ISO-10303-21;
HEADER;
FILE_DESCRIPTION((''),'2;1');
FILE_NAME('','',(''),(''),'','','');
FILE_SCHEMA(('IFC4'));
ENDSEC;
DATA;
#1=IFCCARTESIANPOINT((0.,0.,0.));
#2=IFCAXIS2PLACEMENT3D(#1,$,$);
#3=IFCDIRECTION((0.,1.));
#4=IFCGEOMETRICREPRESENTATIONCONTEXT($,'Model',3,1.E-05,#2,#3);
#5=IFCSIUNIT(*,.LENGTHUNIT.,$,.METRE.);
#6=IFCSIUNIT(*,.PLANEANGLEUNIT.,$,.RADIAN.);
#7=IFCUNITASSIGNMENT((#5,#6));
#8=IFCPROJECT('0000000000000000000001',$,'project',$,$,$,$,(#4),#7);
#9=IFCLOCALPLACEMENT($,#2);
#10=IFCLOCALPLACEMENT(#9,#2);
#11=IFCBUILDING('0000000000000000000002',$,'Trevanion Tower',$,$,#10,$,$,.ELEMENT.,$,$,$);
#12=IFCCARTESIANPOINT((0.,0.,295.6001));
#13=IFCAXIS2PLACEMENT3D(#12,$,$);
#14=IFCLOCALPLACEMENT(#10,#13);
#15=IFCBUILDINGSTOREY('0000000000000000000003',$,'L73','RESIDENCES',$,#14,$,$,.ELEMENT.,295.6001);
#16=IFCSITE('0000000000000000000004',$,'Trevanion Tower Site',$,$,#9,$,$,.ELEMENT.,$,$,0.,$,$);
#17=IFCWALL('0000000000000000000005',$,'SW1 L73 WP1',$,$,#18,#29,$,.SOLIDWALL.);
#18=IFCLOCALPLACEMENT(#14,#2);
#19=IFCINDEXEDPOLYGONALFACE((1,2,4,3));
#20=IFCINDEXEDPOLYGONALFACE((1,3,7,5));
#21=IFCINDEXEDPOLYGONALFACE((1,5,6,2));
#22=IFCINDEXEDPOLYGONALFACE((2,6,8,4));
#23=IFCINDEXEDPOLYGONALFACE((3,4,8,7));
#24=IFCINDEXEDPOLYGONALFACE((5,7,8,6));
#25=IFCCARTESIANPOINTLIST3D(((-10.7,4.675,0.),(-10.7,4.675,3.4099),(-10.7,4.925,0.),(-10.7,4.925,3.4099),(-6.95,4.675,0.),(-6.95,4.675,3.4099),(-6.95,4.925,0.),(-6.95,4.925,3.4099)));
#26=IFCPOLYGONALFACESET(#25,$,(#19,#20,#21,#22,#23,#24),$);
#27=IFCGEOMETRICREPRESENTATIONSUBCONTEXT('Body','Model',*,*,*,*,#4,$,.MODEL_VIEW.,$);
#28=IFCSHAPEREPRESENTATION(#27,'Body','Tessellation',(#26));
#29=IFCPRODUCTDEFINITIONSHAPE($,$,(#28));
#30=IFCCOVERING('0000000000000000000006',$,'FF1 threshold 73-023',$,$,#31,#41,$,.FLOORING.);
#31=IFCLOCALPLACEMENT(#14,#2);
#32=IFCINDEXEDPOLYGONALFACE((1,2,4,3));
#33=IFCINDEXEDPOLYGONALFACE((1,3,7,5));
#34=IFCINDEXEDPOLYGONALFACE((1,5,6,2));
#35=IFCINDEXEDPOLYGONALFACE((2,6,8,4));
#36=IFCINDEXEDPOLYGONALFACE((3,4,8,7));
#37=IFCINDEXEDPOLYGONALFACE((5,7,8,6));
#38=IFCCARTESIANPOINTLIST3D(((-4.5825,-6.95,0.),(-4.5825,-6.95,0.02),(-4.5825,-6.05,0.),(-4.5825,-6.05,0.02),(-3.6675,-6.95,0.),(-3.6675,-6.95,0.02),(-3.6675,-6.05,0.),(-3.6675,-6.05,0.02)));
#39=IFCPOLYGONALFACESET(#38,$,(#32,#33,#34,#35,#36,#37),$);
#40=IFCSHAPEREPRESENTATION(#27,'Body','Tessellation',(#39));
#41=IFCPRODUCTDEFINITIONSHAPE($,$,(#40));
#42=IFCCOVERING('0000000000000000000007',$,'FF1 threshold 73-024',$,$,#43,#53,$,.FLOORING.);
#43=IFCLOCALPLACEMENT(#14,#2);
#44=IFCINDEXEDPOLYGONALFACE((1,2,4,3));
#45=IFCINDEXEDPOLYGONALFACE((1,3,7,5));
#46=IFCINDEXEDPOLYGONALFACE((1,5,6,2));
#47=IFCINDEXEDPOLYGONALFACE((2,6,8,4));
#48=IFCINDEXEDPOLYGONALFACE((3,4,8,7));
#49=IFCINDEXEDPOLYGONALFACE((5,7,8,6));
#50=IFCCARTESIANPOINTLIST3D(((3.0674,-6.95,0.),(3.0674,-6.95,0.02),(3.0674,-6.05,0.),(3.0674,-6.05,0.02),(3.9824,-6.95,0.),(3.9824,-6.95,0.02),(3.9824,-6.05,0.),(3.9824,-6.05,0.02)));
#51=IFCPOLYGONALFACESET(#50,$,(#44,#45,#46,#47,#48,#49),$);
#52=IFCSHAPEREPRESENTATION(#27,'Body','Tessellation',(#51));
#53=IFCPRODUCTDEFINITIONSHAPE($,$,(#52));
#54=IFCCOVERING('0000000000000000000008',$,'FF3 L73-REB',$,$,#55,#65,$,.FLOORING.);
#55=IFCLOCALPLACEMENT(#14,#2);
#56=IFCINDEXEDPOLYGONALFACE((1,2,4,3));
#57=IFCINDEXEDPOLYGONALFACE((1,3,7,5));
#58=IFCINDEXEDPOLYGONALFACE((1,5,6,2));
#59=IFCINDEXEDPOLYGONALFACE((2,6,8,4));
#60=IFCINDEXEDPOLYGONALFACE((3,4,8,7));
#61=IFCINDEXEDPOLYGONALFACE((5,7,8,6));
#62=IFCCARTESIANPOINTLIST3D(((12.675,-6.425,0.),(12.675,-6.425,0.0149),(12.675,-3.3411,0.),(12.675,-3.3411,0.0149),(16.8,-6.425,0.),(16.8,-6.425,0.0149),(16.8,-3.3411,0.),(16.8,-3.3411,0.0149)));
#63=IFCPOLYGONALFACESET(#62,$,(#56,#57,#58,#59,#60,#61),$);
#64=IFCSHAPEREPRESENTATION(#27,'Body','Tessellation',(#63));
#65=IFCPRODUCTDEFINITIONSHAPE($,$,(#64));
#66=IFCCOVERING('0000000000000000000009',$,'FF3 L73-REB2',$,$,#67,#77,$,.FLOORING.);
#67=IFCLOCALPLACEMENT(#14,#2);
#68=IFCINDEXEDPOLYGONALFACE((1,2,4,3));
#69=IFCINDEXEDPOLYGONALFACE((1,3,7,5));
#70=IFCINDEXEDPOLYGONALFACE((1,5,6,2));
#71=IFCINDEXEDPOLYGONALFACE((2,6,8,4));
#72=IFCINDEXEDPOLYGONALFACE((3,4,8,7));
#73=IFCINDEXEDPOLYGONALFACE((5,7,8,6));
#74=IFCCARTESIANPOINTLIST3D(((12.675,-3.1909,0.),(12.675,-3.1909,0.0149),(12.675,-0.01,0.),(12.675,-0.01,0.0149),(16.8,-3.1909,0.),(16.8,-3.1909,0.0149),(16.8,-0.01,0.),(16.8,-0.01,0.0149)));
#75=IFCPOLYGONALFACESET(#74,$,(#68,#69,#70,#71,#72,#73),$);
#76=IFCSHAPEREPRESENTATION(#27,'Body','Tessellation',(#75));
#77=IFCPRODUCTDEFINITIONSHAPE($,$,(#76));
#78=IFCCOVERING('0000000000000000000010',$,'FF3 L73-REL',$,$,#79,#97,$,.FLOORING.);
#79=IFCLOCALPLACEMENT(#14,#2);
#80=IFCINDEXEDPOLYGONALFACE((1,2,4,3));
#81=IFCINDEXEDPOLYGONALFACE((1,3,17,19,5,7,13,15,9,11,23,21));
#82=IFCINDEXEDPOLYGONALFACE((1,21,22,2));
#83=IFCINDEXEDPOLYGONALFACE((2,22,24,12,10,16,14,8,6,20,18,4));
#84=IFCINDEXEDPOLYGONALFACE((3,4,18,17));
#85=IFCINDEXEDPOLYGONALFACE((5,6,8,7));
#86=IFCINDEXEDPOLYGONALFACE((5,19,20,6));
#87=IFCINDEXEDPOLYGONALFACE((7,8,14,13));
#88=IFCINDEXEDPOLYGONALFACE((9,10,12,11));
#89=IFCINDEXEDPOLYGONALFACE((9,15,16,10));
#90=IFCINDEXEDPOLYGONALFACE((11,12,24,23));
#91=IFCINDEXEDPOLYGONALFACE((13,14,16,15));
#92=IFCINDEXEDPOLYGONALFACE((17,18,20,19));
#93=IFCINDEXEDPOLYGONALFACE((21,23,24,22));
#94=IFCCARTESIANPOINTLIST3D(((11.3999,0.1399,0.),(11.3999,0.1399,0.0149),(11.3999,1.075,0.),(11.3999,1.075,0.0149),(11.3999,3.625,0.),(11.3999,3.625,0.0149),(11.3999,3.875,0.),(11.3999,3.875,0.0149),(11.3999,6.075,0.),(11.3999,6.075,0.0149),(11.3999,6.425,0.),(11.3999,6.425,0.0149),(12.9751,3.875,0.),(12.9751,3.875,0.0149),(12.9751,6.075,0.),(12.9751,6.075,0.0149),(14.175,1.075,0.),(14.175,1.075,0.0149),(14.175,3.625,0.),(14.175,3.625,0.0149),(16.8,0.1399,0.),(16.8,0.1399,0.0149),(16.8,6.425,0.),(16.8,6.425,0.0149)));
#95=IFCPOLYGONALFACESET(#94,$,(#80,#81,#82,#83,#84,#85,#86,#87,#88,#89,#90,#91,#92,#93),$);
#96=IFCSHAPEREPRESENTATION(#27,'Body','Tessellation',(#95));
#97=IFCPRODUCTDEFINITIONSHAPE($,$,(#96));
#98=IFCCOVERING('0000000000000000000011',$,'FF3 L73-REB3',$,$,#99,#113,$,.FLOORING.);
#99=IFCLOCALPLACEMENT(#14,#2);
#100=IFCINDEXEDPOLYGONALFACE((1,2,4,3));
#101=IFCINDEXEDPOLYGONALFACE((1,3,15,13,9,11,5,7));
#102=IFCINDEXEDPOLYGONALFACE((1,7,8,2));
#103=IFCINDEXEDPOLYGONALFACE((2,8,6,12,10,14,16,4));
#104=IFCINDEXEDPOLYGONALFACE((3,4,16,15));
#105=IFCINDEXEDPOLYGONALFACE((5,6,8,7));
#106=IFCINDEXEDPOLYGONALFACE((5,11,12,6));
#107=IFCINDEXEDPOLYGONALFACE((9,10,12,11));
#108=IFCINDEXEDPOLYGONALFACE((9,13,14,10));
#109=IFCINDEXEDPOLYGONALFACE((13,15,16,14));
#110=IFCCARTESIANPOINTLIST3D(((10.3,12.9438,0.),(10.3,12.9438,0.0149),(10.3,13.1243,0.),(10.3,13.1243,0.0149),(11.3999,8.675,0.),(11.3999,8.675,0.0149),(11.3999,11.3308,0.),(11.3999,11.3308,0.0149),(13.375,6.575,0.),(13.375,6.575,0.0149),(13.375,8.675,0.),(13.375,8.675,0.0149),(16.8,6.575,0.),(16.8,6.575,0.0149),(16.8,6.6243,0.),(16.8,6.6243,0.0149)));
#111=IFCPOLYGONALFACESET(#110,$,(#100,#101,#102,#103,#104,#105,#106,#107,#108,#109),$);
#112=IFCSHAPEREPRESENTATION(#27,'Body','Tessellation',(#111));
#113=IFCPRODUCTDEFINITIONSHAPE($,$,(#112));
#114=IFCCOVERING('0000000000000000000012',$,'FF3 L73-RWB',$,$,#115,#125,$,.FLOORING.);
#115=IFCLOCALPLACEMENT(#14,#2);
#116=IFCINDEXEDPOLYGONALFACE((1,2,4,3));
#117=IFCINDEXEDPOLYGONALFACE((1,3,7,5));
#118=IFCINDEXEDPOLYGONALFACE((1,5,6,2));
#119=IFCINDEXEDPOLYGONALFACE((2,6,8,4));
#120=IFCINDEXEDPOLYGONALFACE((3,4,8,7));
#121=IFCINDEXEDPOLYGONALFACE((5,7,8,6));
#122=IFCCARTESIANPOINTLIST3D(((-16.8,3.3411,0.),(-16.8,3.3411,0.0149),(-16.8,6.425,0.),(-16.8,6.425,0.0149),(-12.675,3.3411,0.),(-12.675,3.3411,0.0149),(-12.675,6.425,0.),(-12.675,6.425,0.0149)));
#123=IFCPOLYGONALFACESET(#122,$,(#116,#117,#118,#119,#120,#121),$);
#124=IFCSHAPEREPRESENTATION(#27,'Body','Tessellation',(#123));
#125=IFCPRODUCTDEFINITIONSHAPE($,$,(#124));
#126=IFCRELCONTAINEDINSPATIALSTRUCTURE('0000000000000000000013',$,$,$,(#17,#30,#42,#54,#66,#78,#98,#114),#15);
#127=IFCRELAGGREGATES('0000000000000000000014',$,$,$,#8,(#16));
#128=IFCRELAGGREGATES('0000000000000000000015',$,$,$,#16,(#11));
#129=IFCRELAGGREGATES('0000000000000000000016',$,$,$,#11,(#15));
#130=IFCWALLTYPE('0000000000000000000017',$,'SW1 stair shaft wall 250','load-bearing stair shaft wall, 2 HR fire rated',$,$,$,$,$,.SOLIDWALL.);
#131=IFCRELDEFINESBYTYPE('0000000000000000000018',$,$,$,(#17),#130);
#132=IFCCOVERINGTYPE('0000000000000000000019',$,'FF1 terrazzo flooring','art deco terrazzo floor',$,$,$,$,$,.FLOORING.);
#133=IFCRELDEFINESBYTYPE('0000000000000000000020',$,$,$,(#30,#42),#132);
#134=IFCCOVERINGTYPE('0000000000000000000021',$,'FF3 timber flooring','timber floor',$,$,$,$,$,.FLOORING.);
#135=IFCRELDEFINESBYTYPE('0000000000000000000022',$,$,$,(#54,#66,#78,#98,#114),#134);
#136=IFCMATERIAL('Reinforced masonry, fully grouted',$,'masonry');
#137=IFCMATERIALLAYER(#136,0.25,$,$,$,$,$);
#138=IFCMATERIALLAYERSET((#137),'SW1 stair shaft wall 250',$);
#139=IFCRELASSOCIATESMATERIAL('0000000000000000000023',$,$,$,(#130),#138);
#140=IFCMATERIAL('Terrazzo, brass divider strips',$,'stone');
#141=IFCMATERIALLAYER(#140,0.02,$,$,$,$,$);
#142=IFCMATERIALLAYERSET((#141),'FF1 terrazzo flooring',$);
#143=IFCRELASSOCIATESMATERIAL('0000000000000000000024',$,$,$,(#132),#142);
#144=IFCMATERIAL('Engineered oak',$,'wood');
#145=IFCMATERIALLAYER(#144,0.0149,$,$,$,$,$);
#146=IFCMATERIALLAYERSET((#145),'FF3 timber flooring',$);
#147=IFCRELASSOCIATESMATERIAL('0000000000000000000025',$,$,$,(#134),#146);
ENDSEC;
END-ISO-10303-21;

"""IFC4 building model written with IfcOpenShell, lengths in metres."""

from ifc_helpers import new_model, si_unit, direction, frame, frame_2d, origin, place, context, subcontext, project, spatial, polyline, rectangle, outline, extrude, material, layer, layer_set, type_object, element, save


model = new_model("IFC4")

# Units and contexts
model_context = context("Model", 3, precision=1e-05, world=origin(), true_north=direction((0.0, 1.0)))
body_context = subcontext(model_context, "Body", "Model", "MODEL_VIEW")
ifc_project = project(units=[si_unit("LENGTHUNIT", "METRE"), si_unit("PLANEANGLEUNIT", "RADIAN")], contexts=[model_context])

# Site, building, storey
site_placement = place(None, origin())
site = spatial("IfcSite", under=ifc_project, at=site_placement, Name="Trevanion Tower Site", CompositionType="ELEMENT", RefElevation=0.0)
building_placement = place(site_placement, origin())
building = spatial("IfcBuilding", under=site, at=building_placement, Name="Trevanion Tower", CompositionType="ELEMENT")
storey_placement = place(building_placement, frame((0.0, 0.0, 295.6001)))
storey = spatial("IfcBuildingStorey", under=building, at=storey_placement, Name="L73", Description="RESIDENCES", CompositionType="ELEMENT", Elevation=295.6001)

# Wall
ifc_material_1 = material(Name="Reinforced masonry, fully grouted", Category="masonry")
ifc_layer_1 = layer(ifc_material_1, 0.25)
ifc_layer_set_1 = layer_set([ifc_layer_1], Name="SW1 stair shaft wall 250")
wall_type_1 = type_object("IfcWallType", Name="SW1 stair shaft wall 250", Description="load-bearing stair shaft wall, 2 HR fire rated", PredefinedType="SOLIDWALL", material=ifc_layer_set_1)
wall_1_placement = place(storey_placement, frame((-6.95, 4.8, 0.0), z_axis=(0.0, 0.0, 1.0), x_axis=(-1.0, 0.0, 0.0)))
element("IfcWall", 1, at=wall_1_placement, inside=storey, type_object=wall_type_1, Name="SW1 L73 WP1", PredefinedType="SOLIDWALL", context=body_context, shape_type="SweptSolid", body=[
    extrude(rectangle(XDim=3.75, YDim=0.25, at=frame_2d((1.875, 0.0))), origin(), (0.0, 0.0, 1.0), 3.4099),
])

# Coverings
ifc_material_2 = material(Name="Terrazzo, brass divider strips", Category="stone")
ifc_layer_2 = layer(ifc_material_2, 0.02)
ifc_layer_set_2 = layer_set([ifc_layer_2], Name="FF1 terrazzo flooring")
covering_type_1 = type_object("IfcCoveringType", Name="FF1 terrazzo flooring", Description="art deco terrazzo floor", PredefinedType="FLOORING", material=ifc_layer_set_2)
covering_1_placement = place(storey_placement, origin())
element("IfcCovering", 2, at=covering_1_placement, inside=storey, type_object=covering_type_1, Name="FF1 threshold 73-023", PredefinedType="FLOORING", context=body_context, shape_type="SweptSolid", body=[
    extrude(outline(polyline([(-4.5825, -6.95), (-3.6675, -6.95), (-3.6675, -6.05), (-4.5825, -6.05), (-4.5825, -6.95)])), origin(), (0.0, 0.0, 1.0), 0.02),
])
covering_2_placement = place(storey_placement, origin())
element("IfcCovering", 3, at=covering_2_placement, inside=storey, type_object=covering_type_1, Name="FF1 threshold 73-024", PredefinedType="FLOORING", context=body_context, shape_type="SweptSolid", body=[
    extrude(outline(polyline([(3.0674, -6.95), (3.9824, -6.95), (3.9824, -6.05), (3.0674, -6.05), (3.0674, -6.95)])), origin(), (0.0, 0.0, 1.0), 0.02),
])
ifc_material_3 = material(Name="Engineered oak", Category="wood")
ifc_layer_3 = layer(ifc_material_3, 0.0149)
ifc_layer_set_3 = layer_set([ifc_layer_3], Name="FF3 timber flooring")
covering_type_2 = type_object("IfcCoveringType", Name="FF3 timber flooring", Description="timber floor", PredefinedType="FLOORING", material=ifc_layer_set_3)
covering_3_placement = place(storey_placement, origin())
element("IfcCovering", 4, at=covering_3_placement, inside=storey, type_object=covering_type_2, Name="FF3 L73-REB", PredefinedType="FLOORING", context=body_context, shape_type="SweptSolid", body=[
    extrude(outline(polyline([(12.675, -6.425), (12.675, -3.3411), (16.8, -3.3411), (16.8, -6.425), (12.675, -6.425)])), origin(), (0.0, 0.0, 1.0), 0.0149),
])
covering_4_placement = place(storey_placement, origin())
element("IfcCovering", 5, at=covering_4_placement, inside=storey, type_object=covering_type_2, Name="FF3 L73-REB2", PredefinedType="FLOORING", context=body_context, shape_type="SweptSolid", body=[
    extrude(outline(polyline([(12.675, -3.1909), (12.675, -0.01), (16.8, -0.01), (16.8, -3.1909), (12.675, -3.1909)])), origin(), (0.0, 0.0, 1.0), 0.0149),
])
covering_5_placement = place(storey_placement, origin())
element("IfcCovering", 6, at=covering_5_placement, inside=storey, type_object=covering_type_2, Name="FF3 L73-REL", PredefinedType="FLOORING", context=body_context, shape_type="SweptSolid", body=[
    extrude(outline(polyline([(11.3999, 0.1399), (11.3999, 1.075), (14.175, 1.075), (14.175, 3.625), (11.3999, 3.625), (11.3999, 3.875), (12.9751, 3.875), (12.9751, 6.075), (11.3999, 6.075), (11.3999, 6.425), (16.8, 6.425), (16.8, 0.1399), (11.3999, 0.1399)])), origin(), (0.0, 0.0, 1.0), 0.0149),
])
covering_6_placement = place(storey_placement, origin())
element("IfcCovering", 7, at=covering_6_placement, inside=storey, type_object=covering_type_2, Name="FF3 L73-REB3", PredefinedType="FLOORING", context=body_context, shape_type="SweptSolid", body=[
    extrude(outline(polyline([(13.375, 6.575), (13.375, 8.675), (11.3999, 8.675), (11.3999, 11.3308), (10.3, 12.9438), (10.3, 13.1243), (16.8, 6.6243), (16.8, 6.575), (13.375, 6.575)])), origin(), (0.0, 0.0, 1.0), 0.0149),
])
covering_7_placement = place(storey_placement, origin())
element("IfcCovering", 8, at=covering_7_placement, inside=storey, type_object=covering_type_2, Name="FF3 L73-RWB", PredefinedType="FLOORING", context=body_context, shape_type="SweptSolid", body=[
    extrude(outline(polyline([(-12.675, 6.425), (-12.675, 3.3411), (-16.8, 3.3411), (-16.8, 6.425), (-12.675, 6.425)])), origin(), (0.0, 0.0, 1.0), 0.0149),
])

save(model, "model.ifc")
